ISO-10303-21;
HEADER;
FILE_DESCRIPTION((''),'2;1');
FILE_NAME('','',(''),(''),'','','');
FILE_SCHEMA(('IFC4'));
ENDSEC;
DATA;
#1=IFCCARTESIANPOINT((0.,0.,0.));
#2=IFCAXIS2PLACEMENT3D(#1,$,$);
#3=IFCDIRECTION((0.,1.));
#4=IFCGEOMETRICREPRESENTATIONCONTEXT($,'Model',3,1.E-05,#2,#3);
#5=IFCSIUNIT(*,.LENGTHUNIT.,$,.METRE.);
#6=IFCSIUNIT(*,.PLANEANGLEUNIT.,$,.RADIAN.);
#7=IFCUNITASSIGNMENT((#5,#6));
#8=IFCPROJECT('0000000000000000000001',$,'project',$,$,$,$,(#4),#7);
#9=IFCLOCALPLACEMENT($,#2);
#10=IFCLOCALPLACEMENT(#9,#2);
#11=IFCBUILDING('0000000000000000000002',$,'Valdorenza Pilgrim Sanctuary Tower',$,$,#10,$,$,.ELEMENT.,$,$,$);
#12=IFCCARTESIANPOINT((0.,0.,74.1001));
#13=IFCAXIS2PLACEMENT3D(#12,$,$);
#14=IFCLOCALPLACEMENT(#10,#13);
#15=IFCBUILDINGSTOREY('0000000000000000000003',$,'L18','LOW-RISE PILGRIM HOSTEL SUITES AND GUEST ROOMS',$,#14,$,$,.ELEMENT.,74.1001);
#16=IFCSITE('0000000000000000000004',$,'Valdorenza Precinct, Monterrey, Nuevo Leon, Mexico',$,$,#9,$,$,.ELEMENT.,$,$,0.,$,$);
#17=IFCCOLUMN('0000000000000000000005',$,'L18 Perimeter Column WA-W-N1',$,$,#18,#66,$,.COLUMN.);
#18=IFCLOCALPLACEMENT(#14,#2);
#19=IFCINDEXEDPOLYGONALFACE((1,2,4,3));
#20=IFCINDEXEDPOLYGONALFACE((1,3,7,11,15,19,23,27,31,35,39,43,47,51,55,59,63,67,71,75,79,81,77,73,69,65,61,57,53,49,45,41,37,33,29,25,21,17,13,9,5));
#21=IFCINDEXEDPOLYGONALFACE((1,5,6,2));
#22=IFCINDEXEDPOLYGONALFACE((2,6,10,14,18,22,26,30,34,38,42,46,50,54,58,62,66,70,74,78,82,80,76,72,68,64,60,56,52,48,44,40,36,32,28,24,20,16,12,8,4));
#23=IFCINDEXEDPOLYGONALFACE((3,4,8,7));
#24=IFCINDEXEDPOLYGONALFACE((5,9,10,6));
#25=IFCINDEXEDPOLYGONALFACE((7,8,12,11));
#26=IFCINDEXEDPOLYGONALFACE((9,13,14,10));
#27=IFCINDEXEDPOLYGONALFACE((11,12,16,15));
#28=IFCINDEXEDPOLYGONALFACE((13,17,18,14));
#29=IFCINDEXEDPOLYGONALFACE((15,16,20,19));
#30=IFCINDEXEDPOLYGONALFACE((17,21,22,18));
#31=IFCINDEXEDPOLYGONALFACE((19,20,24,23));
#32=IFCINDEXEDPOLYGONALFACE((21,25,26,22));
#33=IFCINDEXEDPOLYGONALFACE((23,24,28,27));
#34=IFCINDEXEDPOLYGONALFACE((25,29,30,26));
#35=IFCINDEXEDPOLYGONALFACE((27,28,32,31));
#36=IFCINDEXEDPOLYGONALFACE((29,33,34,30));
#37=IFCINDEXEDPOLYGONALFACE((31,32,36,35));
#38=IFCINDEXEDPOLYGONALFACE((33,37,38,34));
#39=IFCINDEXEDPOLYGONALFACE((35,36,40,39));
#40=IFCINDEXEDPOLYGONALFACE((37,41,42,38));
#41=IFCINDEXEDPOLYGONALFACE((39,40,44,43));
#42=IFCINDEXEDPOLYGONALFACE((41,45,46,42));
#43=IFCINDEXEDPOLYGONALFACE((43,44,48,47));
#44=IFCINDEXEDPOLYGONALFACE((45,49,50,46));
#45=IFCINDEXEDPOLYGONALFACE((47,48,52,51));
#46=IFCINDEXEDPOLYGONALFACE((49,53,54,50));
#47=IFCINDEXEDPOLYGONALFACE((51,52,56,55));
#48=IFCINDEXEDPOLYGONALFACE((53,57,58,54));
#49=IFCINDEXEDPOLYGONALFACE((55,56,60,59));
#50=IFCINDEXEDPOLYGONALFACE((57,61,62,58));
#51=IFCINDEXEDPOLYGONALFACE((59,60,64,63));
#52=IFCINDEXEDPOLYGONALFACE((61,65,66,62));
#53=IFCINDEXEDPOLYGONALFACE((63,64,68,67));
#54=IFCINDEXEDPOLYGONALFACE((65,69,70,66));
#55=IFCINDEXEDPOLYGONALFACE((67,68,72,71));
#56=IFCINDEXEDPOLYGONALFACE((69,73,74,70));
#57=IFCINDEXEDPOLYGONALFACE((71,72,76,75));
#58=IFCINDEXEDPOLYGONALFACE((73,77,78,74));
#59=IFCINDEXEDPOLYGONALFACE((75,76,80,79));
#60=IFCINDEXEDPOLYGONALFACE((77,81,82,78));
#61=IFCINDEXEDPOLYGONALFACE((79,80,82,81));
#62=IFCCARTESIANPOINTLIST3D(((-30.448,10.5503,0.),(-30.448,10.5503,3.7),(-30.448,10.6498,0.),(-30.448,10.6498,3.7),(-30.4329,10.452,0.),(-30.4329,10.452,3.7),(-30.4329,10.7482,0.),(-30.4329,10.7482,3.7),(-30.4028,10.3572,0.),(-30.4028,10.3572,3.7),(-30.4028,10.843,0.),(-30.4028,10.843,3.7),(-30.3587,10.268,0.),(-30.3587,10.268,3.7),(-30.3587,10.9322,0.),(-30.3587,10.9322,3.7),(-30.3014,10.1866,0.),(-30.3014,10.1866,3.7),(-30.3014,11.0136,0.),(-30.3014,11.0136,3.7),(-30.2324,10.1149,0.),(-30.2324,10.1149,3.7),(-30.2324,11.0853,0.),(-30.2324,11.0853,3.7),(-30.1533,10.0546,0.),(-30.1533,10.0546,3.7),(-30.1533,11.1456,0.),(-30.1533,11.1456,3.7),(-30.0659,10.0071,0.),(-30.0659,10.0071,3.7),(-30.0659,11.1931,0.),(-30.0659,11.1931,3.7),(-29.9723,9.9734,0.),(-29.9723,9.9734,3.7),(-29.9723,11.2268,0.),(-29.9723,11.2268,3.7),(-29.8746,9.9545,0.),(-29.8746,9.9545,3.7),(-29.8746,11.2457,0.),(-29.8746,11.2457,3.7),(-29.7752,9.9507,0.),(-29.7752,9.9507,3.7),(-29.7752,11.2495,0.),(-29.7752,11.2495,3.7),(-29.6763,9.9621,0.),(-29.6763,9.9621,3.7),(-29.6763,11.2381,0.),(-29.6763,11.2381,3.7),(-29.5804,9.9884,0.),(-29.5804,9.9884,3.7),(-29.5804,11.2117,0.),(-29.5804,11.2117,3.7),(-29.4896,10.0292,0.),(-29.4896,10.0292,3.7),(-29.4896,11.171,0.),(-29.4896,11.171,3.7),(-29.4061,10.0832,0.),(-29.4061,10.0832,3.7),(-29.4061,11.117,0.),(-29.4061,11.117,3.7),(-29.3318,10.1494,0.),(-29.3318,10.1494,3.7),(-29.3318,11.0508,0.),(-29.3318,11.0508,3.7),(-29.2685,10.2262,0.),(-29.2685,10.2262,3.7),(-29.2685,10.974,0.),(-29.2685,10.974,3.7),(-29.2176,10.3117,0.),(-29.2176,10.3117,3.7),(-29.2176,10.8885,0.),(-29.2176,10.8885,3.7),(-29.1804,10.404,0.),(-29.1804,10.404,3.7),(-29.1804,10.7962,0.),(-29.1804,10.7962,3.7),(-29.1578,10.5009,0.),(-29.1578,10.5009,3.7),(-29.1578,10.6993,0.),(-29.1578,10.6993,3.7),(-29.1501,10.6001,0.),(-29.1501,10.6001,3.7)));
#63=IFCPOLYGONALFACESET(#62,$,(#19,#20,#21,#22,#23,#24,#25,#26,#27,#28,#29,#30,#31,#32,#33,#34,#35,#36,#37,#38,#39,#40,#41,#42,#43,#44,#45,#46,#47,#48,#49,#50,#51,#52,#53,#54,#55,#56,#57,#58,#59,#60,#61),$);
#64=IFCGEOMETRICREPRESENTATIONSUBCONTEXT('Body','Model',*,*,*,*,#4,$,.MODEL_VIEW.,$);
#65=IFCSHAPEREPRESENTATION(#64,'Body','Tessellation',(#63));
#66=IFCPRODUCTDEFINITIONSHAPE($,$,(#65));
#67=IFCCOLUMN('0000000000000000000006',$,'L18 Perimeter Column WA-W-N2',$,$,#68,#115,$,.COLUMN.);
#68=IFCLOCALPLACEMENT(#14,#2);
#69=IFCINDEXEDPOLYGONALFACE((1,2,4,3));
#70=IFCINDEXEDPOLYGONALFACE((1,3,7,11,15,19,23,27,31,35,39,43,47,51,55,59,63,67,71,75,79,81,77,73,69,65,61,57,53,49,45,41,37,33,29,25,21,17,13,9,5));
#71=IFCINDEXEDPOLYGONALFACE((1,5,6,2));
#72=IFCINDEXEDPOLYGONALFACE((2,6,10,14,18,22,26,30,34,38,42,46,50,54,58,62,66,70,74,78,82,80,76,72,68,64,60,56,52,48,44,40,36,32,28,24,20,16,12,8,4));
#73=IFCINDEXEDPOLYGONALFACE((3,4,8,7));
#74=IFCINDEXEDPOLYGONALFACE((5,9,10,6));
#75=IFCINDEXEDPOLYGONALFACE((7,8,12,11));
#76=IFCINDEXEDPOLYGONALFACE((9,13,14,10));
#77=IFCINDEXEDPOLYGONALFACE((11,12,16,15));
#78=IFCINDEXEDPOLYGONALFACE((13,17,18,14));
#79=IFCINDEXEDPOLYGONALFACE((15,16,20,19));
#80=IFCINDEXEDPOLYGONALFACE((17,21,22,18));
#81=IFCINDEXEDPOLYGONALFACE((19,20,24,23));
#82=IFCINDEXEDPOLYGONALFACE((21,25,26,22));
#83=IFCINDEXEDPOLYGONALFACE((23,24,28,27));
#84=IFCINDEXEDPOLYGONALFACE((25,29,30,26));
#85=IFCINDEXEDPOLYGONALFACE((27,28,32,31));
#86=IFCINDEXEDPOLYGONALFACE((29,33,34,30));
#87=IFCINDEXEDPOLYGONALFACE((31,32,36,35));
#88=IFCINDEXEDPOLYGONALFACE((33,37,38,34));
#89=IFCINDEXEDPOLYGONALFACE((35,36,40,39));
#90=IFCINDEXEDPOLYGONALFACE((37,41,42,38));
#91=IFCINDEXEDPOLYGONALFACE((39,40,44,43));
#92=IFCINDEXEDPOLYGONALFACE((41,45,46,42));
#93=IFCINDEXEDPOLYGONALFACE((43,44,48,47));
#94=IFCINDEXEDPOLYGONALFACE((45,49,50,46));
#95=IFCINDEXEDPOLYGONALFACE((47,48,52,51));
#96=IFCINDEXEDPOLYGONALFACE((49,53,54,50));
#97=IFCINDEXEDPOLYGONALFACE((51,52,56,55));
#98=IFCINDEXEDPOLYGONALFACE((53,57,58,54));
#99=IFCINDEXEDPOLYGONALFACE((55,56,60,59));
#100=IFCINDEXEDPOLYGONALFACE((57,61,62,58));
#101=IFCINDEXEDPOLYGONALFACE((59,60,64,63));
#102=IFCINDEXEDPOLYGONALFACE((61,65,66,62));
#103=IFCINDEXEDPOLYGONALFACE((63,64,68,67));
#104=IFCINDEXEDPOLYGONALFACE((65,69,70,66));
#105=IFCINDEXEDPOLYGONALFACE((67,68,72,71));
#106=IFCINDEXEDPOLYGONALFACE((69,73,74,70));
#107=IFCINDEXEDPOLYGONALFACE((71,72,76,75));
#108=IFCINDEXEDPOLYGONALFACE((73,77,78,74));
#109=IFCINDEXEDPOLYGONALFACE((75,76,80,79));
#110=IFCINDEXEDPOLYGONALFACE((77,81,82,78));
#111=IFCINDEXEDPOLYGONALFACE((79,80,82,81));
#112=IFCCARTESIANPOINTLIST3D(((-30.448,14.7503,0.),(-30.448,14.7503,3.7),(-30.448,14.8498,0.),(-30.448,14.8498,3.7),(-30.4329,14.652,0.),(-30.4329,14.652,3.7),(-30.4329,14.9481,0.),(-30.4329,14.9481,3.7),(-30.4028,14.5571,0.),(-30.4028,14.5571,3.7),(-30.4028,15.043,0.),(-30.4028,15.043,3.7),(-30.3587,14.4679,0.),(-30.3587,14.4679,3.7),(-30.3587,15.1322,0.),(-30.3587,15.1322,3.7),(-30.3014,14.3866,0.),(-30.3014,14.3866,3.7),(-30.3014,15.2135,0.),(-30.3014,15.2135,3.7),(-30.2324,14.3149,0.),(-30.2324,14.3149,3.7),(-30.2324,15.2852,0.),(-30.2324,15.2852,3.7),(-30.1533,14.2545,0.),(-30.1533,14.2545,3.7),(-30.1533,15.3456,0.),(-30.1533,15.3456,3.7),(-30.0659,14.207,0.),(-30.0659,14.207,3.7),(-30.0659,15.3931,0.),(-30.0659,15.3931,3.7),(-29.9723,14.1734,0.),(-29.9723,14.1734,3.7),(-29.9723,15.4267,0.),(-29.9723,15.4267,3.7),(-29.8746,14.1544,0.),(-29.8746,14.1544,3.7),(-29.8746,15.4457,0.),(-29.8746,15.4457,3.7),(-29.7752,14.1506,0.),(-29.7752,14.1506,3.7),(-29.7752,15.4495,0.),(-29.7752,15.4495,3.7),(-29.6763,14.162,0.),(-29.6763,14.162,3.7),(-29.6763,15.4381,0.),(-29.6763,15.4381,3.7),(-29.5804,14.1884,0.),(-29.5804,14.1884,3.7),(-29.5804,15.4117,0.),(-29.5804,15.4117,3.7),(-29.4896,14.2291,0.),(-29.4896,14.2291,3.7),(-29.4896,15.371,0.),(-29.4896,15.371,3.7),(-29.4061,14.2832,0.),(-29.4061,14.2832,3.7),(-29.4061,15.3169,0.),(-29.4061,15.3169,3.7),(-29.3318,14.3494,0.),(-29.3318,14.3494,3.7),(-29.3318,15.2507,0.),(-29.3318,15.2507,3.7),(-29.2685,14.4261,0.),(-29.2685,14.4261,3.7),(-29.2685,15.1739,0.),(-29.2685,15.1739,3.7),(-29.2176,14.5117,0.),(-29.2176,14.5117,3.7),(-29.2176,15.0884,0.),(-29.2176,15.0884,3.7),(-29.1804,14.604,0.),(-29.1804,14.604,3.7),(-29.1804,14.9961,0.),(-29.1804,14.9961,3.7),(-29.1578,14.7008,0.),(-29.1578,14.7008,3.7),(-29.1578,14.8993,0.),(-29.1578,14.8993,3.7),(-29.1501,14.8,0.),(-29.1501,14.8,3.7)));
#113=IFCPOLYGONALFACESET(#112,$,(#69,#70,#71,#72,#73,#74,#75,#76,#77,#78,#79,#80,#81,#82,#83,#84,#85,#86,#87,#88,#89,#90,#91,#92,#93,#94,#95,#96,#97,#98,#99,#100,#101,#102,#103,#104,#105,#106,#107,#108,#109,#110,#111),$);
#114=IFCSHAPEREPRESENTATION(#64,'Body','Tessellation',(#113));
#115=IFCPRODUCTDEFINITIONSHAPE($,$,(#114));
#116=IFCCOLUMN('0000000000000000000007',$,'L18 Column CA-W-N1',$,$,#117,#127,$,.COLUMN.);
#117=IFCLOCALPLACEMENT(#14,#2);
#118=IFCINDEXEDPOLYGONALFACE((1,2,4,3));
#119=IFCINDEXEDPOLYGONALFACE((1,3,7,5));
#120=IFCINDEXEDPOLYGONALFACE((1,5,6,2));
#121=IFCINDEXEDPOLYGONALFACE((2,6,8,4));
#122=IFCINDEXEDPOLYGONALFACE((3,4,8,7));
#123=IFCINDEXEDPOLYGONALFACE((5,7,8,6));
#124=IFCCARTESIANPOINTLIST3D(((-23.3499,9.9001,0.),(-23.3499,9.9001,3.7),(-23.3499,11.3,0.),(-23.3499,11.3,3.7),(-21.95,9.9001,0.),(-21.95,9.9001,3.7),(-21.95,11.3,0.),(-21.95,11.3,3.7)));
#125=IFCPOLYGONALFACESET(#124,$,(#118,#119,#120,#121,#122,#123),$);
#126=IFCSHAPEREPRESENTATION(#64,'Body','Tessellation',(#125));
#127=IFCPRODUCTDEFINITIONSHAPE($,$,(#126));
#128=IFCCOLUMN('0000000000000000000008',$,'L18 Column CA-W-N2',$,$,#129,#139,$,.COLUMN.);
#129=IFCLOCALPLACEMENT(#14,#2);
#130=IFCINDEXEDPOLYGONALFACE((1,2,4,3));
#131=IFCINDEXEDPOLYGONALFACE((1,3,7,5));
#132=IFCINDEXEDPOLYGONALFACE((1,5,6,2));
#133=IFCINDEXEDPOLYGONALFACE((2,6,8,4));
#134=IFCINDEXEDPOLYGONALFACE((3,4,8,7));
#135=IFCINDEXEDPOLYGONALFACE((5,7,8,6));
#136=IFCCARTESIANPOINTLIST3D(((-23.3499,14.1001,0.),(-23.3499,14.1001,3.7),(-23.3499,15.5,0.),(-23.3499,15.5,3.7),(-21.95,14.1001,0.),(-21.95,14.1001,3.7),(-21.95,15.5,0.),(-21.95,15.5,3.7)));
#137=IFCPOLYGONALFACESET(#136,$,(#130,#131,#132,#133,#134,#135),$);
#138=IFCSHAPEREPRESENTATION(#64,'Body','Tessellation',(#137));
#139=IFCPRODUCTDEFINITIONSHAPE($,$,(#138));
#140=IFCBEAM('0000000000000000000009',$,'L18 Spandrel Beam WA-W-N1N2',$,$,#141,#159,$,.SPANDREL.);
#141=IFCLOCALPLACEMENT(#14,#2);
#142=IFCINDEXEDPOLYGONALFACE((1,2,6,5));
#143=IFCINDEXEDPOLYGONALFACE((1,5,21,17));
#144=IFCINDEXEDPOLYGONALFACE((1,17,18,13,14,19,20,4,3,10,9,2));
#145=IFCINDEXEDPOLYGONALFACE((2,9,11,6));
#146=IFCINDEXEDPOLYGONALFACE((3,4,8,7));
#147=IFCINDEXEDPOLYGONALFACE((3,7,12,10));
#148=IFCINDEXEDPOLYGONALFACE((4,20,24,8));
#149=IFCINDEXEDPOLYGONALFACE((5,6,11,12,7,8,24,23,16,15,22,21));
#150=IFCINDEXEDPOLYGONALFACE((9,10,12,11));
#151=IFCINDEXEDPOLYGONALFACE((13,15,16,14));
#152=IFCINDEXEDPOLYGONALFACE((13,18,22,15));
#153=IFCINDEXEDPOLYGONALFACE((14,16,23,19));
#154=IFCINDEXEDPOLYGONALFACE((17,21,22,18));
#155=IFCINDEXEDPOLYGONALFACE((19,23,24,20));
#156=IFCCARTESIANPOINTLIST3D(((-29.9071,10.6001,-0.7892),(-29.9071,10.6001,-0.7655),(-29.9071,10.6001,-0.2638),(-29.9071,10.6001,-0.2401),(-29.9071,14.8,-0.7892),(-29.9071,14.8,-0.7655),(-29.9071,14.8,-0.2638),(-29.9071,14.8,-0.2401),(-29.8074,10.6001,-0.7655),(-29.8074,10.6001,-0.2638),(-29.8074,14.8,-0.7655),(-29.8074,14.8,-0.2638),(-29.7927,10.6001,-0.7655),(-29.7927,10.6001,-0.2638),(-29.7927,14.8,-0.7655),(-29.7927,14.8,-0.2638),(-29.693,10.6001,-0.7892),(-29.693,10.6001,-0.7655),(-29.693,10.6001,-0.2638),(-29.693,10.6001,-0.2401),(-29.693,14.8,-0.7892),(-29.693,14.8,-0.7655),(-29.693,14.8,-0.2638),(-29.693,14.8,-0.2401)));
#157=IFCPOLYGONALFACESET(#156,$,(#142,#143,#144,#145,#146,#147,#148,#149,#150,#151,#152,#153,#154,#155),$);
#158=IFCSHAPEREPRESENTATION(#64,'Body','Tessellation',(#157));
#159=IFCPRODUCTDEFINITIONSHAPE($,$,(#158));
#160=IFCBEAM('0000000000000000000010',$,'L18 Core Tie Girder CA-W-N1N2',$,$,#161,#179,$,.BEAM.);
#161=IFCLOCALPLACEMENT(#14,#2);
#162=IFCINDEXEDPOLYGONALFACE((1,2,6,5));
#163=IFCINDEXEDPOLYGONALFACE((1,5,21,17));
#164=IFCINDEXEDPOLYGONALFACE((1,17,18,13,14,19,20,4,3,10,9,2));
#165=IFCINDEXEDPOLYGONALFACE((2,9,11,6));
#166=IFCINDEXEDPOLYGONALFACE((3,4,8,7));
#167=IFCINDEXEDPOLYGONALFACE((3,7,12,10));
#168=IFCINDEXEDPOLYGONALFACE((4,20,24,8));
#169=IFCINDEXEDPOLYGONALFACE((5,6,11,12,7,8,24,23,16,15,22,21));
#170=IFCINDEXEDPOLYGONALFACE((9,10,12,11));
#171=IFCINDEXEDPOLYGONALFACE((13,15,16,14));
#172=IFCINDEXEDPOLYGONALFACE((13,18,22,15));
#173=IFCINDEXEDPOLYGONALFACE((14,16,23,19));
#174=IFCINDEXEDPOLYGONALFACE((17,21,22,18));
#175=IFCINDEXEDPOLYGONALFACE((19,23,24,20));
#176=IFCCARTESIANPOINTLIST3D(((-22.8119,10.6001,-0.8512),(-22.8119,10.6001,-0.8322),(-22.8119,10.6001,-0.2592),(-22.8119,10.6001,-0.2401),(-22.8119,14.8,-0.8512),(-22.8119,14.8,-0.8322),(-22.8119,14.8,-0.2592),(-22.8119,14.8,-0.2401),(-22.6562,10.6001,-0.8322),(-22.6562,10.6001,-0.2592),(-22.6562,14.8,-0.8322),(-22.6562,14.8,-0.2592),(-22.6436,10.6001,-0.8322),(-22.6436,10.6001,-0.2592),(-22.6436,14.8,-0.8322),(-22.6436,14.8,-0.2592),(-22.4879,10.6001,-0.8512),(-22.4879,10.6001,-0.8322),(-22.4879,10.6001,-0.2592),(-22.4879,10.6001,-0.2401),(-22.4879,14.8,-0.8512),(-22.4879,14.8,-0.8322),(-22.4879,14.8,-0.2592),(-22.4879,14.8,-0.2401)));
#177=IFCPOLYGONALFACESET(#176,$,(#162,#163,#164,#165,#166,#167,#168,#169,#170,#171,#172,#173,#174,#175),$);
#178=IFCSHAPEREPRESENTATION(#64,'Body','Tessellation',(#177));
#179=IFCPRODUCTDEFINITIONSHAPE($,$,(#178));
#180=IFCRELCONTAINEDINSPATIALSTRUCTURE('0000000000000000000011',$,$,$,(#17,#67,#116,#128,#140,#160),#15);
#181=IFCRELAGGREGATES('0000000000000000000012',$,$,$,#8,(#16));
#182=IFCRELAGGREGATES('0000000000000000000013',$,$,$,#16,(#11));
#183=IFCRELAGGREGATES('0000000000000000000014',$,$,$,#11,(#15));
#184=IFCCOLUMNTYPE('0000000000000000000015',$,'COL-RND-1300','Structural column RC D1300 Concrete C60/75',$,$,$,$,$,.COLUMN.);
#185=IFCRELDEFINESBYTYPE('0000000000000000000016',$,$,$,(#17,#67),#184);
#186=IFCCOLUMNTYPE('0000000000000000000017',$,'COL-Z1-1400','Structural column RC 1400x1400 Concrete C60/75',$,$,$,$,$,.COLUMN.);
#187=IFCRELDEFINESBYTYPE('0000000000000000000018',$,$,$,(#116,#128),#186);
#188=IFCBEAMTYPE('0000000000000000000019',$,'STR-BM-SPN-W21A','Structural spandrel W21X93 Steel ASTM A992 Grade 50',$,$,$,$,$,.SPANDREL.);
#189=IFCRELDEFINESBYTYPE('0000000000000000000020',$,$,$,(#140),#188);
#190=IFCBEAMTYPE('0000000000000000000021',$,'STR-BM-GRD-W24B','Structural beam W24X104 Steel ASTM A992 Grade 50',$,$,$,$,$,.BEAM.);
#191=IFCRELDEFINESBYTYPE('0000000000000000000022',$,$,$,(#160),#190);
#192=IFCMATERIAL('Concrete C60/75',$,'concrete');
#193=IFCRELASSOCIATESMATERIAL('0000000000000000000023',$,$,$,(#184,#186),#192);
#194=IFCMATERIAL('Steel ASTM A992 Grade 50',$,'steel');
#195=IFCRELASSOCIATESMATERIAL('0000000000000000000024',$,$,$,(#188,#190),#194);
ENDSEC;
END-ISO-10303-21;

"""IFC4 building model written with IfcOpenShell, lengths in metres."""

from ifc_helpers import new_model, si_unit, direction, frame, origin, origin_2d, place, context, subcontext, project, spatial, rectangle, circle, i_section, extrude, source, transform, mapped, material, material_profile, profile_set, type_object, element, save


model = new_model("IFC4")

# Units and contexts
model_context = context("Model", 3, precision=1e-05, world=origin(), true_north=direction((0.0, 1.0)))
body_context = subcontext(model_context, "Body", "Model", "MODEL_VIEW")
ifc_project = project(units=[si_unit("LENGTHUNIT", "METRE"), si_unit("PLANEANGLEUNIT", "RADIAN")], contexts=[model_context])

# Site, building, storey
site_placement = place(None, origin())
site = spatial("IfcSite", under=ifc_project, at=site_placement, Name="Valdorenza Precinct, Monterrey, Nuevo Leon, Mexico", CompositionType="ELEMENT", RefElevation=0.0)
building_placement = place(site_placement, origin())
building = spatial("IfcBuilding", under=site, at=building_placement, Name="Valdorenza Pilgrim Sanctuary Tower", CompositionType="ELEMENT")
storey_placement = place(building_placement, frame((0.0, 0.0, 74.1001)))
storey = spatial("IfcBuildingStorey", under=building, at=storey_placement, Name="L18", Description="LOW-RISE PILGRIM HOSTEL SUITES AND GUEST ROOMS", CompositionType="ELEMENT", Elevation=74.1001)

# Columns
ifc_material_1 = material(Name="Concrete C60/75", Category="concrete")
ifc_material_profile_1 = material_profile(ifc_material_1, circle(Radius=0.6499, at=origin_2d()), Name="RC D1300")
ifc_profile_set_1 = profile_set([ifc_material_profile_1], Name="Concrete C60/75")
column_type_1 = type_object("IfcColumnType", Name="COL-RND-1300", Description="Structural column RC D1300 Concrete C60/75", PredefinedType="COLUMN", material=ifc_profile_set_1)
shared_shape_1 = source(origin(), body_context, "Body", "SweptSolid", [
    extrude(circle(Radius=0.6499, at=origin_2d()), origin(), (0.0, 0.0, 1.0), 3.7),
])
for number, where, z_axis, x_axis, name in (
    (1, (-29.8, 10.6001, 0.0), (0.0, 0.0, 1.0), (1.0, 0.0, 0.0), "L18 Perimeter Column WA-W-N1"),
    (2, (-29.8, 14.8, 0.0), (0.0, 0.0, 1.0), (1.0, 0.0, 0.0), "L18 Perimeter Column WA-W-N2"),
):
    element("IfcColumn", number, at=place(storey_placement, frame(where, z_axis=z_axis, x_axis=x_axis)), inside=storey, type_object=column_type_1, Name=name, PredefinedType="COLUMN", context=body_context, shape_type="MappedRepresentation", body=[
        mapped(shared_shape_1, transform((0.0, 0.0, 0.0), x_axis=(1.0, 0.0, 0.0), y_axis=(0.0, 1.0, 0.0), z_axis=(0.0, 0.0, 1.0), scale=1.0)),
    ])
ifc_material_profile_2 = material_profile(ifc_material_1, rectangle(XDim=1.3999, YDim=1.3999, at=origin_2d()), Name="RC 1400x1400")
ifc_profile_set_2 = profile_set([ifc_material_profile_2], Name="Concrete C60/75")
column_type_2 = type_object("IfcColumnType", Name="COL-Z1-1400", Description="Structural column RC 1400x1400 Concrete C60/75", PredefinedType="COLUMN", material=ifc_profile_set_2)
shared_shape_2 = source(origin(), body_context, "Body", "SweptSolid", [
    extrude(rectangle(XDim=1.3999, YDim=1.3999, at=origin_2d()), origin(), (0.0, 0.0, 1.0), 3.7),
])
for number, where, z_axis, x_axis, name in (
    (3, (-22.6499, 10.6001, 0.0), (0.0, 0.0, 1.0), (1.0, 0.0, 0.0), "L18 Column CA-W-N1"),
    (4, (-22.6499, 14.8, 0.0), (0.0, 0.0, 1.0), (1.0, 0.0, 0.0), "L18 Column CA-W-N2"),
):
    element("IfcColumn", number, at=place(storey_placement, frame(where, z_axis=z_axis, x_axis=x_axis)), inside=storey, type_object=column_type_2, Name=name, PredefinedType="COLUMN", context=body_context, shape_type="MappedRepresentation", body=[
        mapped(shared_shape_2, transform((0.0, 0.0, 0.0), x_axis=(1.0, 0.0, 0.0), y_axis=(0.0, 1.0, 0.0), z_axis=(0.0, 0.0, 1.0), scale=1.0)),
    ])

# Beams
ifc_material_2 = material(Name="Steel ASTM A992 Grade 50", Category="steel")
ifc_material_profile_3 = material_profile(ifc_material_2, i_section(OverallWidth=0.2141, OverallDepth=0.5491, WebThickness=0.0146, FlangeThickness=0.0237, at=origin_2d()), Name="W21X93")
ifc_profile_set_3 = profile_set([ifc_material_profile_3], Name="Steel ASTM A992 Grade 50")
beam_type_1 = type_object("IfcBeamType", Name="STR-BM-SPN-W21A", Description="Structural spandrel W21X93 Steel ASTM A992 Grade 50", PredefinedType="SPANDREL", material=ifc_profile_set_3)
shared_shape_3 = source(origin(), body_context, "Body", "SweptSolid", [
    extrude(i_section(OverallWidth=0.2141, OverallDepth=0.5491, WebThickness=0.0146, FlangeThickness=0.0237, at=origin_2d()), origin(), (0.0, 0.0, 1.0), 4.2),
])
beam_1_placement = place(storey_placement, frame((-29.8, 10.6001, -0.5146), z_axis=(0.0, 1.0, 0.0), x_axis=(-1.0, 0.0, 0.0)))
element("IfcBeam", 5, at=beam_1_placement, inside=storey, type_object=beam_type_1, Name="L18 Spandrel Beam WA-W-N1N2", PredefinedType="SPANDREL", context=body_context, shape_type="MappedRepresentation", body=[
    mapped(shared_shape_3, transform((0.0, 0.0, 0.0), x_axis=(1.0, 0.0, 0.0), y_axis=(0.0, 1.0, 0.0), z_axis=(0.0, 0.0, 1.0), scale=1.0)),
])
ifc_material_profile_4 = material_profile(ifc_material_2, i_section(OverallWidth=0.324, OverallDepth=0.6111, WebThickness=0.0127, FlangeThickness=0.019, at=origin_2d()), Name="W24X104")
ifc_profile_set_4 = profile_set([ifc_material_profile_4], Name="Steel ASTM A992 Grade 50")
beam_type_2 = type_object("IfcBeamType", Name="STR-BM-GRD-W24B", Description="Structural beam W24X104 Steel ASTM A992 Grade 50", PredefinedType="BEAM", material=ifc_profile_set_4)
shared_shape_4 = source(origin(), body_context, "Body", "SweptSolid", [
    extrude(i_section(OverallWidth=0.324, OverallDepth=0.6111, WebThickness=0.0127, FlangeThickness=0.019, at=origin_2d()), origin(), (0.0, 0.0, 1.0), 4.2),
])
beam_2_placement = place(storey_placement, frame((-22.6499, 10.6001, -0.5457), z_axis=(0.0, 1.0, 0.0), x_axis=(-1.0, 0.0, 0.0)))
element("IfcBeam", 6, at=beam_2_placement, inside=storey, type_object=beam_type_2, Name="L18 Core Tie Girder CA-W-N1N2", PredefinedType="BEAM", context=body_context, shape_type="MappedRepresentation", body=[
    mapped(shared_shape_4, transform((0.0, 0.0, 0.0), x_axis=(1.0, 0.0, 0.0), y_axis=(0.0, 1.0, 0.0), z_axis=(0.0, 0.0, 1.0), scale=1.0)),
])

save(model, "model.ifc")
